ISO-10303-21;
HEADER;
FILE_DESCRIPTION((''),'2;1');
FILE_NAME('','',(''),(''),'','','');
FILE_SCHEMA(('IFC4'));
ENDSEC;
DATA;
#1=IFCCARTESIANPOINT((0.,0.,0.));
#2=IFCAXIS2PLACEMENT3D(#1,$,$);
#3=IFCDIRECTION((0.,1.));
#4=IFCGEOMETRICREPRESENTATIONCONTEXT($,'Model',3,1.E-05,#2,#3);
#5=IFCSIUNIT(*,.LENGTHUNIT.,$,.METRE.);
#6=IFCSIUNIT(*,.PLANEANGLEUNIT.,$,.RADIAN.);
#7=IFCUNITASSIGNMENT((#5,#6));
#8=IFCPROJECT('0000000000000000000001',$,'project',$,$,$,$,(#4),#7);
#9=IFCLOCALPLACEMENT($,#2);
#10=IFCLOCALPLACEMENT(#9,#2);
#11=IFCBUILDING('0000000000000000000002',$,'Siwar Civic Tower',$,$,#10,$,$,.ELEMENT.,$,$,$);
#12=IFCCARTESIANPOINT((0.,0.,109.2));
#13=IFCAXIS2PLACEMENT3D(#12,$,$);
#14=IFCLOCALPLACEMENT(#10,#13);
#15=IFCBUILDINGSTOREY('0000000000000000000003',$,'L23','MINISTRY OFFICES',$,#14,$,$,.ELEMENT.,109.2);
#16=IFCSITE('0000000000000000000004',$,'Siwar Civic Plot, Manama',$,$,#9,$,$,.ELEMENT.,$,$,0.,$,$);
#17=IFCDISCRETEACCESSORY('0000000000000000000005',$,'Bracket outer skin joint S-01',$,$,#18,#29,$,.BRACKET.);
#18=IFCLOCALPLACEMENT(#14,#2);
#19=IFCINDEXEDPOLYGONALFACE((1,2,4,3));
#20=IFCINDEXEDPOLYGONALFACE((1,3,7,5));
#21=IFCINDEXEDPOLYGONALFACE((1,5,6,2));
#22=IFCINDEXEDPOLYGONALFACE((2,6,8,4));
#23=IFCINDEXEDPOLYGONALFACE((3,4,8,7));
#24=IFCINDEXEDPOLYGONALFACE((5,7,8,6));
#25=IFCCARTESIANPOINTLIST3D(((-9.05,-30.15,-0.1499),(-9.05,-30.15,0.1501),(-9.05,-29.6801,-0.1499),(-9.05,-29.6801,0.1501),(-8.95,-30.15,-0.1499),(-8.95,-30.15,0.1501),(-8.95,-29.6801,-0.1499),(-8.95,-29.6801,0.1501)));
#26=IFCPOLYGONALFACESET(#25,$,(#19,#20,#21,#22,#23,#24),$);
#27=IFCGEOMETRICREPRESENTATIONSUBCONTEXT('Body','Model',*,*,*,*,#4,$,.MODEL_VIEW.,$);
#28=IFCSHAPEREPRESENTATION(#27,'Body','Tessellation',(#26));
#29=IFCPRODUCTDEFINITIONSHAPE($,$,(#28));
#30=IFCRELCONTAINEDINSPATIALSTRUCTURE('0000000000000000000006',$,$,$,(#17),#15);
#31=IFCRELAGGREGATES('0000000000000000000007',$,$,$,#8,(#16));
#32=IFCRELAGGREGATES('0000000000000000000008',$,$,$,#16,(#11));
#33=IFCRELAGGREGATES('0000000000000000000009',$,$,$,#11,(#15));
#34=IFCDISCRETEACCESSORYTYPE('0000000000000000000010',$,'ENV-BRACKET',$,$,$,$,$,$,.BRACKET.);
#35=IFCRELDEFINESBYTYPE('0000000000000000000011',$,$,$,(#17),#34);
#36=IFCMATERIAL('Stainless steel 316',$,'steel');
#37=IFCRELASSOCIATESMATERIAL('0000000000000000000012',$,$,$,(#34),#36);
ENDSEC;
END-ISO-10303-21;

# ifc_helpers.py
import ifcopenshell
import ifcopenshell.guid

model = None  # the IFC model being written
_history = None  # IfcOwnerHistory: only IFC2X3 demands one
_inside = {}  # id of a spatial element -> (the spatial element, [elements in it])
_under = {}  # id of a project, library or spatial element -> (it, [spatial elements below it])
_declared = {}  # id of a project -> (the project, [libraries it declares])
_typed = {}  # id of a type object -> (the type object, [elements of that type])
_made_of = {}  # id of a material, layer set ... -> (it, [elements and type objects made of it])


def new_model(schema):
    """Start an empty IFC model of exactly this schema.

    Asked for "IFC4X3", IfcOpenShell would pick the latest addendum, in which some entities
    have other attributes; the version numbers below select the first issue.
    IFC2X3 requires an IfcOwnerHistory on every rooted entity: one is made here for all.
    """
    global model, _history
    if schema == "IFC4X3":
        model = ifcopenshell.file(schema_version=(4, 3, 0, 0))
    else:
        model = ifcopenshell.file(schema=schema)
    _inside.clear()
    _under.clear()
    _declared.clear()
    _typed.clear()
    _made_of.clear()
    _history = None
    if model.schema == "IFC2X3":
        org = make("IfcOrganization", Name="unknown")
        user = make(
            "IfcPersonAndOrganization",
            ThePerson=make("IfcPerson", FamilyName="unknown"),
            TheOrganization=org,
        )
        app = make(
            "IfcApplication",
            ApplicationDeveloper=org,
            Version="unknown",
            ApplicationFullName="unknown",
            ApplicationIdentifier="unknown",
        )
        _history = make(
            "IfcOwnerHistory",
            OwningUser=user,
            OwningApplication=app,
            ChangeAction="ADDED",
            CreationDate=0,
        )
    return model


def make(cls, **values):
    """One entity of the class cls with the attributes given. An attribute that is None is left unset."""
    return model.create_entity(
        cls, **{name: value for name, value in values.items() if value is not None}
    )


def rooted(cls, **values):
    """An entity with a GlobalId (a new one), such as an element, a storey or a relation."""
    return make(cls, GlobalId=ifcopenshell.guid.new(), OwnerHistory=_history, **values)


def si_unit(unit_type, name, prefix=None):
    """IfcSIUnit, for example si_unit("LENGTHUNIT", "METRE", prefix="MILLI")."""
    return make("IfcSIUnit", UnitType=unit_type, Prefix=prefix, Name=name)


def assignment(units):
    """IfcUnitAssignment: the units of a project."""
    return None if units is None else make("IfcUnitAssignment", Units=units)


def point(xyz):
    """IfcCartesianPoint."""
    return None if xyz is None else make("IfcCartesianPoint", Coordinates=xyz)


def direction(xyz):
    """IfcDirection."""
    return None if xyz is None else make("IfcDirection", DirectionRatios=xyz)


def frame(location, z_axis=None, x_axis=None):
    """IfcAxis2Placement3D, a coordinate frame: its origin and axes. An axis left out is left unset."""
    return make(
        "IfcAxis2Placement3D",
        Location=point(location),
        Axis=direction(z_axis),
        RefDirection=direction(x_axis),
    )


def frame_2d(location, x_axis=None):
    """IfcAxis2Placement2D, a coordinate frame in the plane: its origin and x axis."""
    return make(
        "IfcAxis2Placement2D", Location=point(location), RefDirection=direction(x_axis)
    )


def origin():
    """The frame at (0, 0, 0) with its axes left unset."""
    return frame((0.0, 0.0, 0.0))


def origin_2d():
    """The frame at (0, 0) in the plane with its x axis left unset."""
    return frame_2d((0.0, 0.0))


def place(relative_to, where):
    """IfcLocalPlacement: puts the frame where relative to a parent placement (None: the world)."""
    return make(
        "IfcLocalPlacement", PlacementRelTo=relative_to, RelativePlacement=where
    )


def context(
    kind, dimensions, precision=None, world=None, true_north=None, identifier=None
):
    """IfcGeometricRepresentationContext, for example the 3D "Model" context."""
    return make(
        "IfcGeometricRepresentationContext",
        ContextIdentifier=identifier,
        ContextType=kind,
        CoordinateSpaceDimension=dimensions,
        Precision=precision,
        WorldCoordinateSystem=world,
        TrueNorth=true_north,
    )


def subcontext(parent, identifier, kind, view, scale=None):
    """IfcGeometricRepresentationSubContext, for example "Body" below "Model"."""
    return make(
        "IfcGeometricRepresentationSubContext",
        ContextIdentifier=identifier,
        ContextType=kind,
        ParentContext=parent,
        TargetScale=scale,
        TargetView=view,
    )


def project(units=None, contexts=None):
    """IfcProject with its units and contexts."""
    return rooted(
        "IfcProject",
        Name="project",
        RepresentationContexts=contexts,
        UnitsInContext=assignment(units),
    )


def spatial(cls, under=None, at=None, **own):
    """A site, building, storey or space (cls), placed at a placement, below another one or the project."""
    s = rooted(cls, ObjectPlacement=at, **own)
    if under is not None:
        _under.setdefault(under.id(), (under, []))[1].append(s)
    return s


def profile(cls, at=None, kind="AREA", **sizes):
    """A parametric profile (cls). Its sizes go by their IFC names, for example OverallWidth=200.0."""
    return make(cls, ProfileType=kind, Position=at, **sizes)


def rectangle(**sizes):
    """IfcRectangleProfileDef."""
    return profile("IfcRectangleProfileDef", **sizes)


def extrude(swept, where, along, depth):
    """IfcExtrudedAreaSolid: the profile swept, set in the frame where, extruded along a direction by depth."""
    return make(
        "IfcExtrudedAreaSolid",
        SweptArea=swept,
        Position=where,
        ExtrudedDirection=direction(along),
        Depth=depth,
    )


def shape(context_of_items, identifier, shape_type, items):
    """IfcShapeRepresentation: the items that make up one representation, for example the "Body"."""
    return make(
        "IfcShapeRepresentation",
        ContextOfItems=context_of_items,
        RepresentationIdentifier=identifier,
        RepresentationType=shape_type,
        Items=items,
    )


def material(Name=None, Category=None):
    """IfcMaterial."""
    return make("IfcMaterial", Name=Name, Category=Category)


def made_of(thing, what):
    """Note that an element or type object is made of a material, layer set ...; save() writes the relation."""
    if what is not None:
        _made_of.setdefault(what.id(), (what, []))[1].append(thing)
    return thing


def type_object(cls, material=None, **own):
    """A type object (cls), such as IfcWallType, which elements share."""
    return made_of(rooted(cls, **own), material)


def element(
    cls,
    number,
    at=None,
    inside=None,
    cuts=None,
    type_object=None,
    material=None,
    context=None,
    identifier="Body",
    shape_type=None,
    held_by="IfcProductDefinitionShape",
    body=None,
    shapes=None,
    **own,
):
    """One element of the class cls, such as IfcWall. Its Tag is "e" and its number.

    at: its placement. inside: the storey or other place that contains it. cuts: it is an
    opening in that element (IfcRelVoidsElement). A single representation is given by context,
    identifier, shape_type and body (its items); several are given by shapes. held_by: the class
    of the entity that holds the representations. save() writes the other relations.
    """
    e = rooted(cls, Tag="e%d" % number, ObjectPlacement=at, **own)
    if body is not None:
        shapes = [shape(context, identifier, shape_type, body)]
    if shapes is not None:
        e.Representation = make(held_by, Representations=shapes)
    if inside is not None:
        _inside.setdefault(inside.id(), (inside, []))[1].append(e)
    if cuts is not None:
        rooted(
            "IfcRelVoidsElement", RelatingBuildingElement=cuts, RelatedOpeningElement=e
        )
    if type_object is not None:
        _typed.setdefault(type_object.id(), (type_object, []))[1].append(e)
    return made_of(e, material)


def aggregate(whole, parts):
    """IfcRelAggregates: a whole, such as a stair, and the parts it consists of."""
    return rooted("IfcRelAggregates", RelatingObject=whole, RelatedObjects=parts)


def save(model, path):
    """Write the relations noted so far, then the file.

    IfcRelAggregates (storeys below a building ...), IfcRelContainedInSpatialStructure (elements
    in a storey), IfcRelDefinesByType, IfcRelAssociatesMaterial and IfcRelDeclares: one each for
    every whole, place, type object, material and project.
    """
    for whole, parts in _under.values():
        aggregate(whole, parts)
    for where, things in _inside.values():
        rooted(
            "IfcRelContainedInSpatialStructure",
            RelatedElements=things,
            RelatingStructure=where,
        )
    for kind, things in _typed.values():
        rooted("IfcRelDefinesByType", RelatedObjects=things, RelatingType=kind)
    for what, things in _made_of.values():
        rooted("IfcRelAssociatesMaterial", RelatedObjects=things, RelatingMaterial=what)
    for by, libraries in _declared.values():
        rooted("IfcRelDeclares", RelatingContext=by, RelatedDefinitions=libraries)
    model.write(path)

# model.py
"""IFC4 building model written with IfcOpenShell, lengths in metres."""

from ifc_helpers import new_model, si_unit, direction, frame, origin, origin_2d, place, context, subcontext, project, spatial, rectangle, extrude, material, type_object, element, save


model = new_model("IFC4")

# Units and contexts
model_context = context("Model", 3, precision=1e-05, world=origin(), true_north=direction((0.0, 1.0)))
body_context = subcontext(model_context, "Body", "Model", "MODEL_VIEW")
ifc_project = project(units=[si_unit("LENGTHUNIT", "METRE"), si_unit("PLANEANGLEUNIT", "RADIAN")], contexts=[model_context])

# Site, building, storey
site_placement = place(None, origin())
site = spatial("IfcSite", under=ifc_project, at=site_placement, Name="Siwar Civic Plot, Manama", CompositionType="ELEMENT", RefElevation=0.0)
building_placement = place(site_placement, origin())
building = spatial("IfcBuilding", under=site, at=building_placement, Name="Siwar Civic Tower", CompositionType="ELEMENT")
storey_placement = place(building_placement, frame((0.0, 0.0, 109.2)))
storey = spatial("IfcBuildingStorey", under=building, at=storey_placement, Name="L23", Description="MINISTRY OFFICES", CompositionType="ELEMENT", Elevation=109.2)

# Discrete accessory
ifc_material_1 = material(Name="Stainless steel 316", Category="steel")
discrete_accessory_type = type_object("IfcDiscreteAccessoryType", Name="ENV-BRACKET", PredefinedType="BRACKET", material=ifc_material_1)
discrete_accessory_placement = place(storey_placement, frame((-9.0, -29.915, -0.1499), z_axis=(0.0, 0.0, 1.0), x_axis=(0.0, -1.0, 0.0)))
element("IfcDiscreteAccessory", 1, at=discrete_accessory_placement, inside=storey, type_object=discrete_accessory_type, Name="Bracket outer skin joint S-01", PredefinedType="BRACKET", context=body_context, shape_type="SweptSolid", body=[
    extrude(rectangle(XDim=0.47, YDim=0.1001, at=origin_2d()), origin(), (0.0, 0.0, 1.0), 0.3),
])

save(model, "model.ifc")
